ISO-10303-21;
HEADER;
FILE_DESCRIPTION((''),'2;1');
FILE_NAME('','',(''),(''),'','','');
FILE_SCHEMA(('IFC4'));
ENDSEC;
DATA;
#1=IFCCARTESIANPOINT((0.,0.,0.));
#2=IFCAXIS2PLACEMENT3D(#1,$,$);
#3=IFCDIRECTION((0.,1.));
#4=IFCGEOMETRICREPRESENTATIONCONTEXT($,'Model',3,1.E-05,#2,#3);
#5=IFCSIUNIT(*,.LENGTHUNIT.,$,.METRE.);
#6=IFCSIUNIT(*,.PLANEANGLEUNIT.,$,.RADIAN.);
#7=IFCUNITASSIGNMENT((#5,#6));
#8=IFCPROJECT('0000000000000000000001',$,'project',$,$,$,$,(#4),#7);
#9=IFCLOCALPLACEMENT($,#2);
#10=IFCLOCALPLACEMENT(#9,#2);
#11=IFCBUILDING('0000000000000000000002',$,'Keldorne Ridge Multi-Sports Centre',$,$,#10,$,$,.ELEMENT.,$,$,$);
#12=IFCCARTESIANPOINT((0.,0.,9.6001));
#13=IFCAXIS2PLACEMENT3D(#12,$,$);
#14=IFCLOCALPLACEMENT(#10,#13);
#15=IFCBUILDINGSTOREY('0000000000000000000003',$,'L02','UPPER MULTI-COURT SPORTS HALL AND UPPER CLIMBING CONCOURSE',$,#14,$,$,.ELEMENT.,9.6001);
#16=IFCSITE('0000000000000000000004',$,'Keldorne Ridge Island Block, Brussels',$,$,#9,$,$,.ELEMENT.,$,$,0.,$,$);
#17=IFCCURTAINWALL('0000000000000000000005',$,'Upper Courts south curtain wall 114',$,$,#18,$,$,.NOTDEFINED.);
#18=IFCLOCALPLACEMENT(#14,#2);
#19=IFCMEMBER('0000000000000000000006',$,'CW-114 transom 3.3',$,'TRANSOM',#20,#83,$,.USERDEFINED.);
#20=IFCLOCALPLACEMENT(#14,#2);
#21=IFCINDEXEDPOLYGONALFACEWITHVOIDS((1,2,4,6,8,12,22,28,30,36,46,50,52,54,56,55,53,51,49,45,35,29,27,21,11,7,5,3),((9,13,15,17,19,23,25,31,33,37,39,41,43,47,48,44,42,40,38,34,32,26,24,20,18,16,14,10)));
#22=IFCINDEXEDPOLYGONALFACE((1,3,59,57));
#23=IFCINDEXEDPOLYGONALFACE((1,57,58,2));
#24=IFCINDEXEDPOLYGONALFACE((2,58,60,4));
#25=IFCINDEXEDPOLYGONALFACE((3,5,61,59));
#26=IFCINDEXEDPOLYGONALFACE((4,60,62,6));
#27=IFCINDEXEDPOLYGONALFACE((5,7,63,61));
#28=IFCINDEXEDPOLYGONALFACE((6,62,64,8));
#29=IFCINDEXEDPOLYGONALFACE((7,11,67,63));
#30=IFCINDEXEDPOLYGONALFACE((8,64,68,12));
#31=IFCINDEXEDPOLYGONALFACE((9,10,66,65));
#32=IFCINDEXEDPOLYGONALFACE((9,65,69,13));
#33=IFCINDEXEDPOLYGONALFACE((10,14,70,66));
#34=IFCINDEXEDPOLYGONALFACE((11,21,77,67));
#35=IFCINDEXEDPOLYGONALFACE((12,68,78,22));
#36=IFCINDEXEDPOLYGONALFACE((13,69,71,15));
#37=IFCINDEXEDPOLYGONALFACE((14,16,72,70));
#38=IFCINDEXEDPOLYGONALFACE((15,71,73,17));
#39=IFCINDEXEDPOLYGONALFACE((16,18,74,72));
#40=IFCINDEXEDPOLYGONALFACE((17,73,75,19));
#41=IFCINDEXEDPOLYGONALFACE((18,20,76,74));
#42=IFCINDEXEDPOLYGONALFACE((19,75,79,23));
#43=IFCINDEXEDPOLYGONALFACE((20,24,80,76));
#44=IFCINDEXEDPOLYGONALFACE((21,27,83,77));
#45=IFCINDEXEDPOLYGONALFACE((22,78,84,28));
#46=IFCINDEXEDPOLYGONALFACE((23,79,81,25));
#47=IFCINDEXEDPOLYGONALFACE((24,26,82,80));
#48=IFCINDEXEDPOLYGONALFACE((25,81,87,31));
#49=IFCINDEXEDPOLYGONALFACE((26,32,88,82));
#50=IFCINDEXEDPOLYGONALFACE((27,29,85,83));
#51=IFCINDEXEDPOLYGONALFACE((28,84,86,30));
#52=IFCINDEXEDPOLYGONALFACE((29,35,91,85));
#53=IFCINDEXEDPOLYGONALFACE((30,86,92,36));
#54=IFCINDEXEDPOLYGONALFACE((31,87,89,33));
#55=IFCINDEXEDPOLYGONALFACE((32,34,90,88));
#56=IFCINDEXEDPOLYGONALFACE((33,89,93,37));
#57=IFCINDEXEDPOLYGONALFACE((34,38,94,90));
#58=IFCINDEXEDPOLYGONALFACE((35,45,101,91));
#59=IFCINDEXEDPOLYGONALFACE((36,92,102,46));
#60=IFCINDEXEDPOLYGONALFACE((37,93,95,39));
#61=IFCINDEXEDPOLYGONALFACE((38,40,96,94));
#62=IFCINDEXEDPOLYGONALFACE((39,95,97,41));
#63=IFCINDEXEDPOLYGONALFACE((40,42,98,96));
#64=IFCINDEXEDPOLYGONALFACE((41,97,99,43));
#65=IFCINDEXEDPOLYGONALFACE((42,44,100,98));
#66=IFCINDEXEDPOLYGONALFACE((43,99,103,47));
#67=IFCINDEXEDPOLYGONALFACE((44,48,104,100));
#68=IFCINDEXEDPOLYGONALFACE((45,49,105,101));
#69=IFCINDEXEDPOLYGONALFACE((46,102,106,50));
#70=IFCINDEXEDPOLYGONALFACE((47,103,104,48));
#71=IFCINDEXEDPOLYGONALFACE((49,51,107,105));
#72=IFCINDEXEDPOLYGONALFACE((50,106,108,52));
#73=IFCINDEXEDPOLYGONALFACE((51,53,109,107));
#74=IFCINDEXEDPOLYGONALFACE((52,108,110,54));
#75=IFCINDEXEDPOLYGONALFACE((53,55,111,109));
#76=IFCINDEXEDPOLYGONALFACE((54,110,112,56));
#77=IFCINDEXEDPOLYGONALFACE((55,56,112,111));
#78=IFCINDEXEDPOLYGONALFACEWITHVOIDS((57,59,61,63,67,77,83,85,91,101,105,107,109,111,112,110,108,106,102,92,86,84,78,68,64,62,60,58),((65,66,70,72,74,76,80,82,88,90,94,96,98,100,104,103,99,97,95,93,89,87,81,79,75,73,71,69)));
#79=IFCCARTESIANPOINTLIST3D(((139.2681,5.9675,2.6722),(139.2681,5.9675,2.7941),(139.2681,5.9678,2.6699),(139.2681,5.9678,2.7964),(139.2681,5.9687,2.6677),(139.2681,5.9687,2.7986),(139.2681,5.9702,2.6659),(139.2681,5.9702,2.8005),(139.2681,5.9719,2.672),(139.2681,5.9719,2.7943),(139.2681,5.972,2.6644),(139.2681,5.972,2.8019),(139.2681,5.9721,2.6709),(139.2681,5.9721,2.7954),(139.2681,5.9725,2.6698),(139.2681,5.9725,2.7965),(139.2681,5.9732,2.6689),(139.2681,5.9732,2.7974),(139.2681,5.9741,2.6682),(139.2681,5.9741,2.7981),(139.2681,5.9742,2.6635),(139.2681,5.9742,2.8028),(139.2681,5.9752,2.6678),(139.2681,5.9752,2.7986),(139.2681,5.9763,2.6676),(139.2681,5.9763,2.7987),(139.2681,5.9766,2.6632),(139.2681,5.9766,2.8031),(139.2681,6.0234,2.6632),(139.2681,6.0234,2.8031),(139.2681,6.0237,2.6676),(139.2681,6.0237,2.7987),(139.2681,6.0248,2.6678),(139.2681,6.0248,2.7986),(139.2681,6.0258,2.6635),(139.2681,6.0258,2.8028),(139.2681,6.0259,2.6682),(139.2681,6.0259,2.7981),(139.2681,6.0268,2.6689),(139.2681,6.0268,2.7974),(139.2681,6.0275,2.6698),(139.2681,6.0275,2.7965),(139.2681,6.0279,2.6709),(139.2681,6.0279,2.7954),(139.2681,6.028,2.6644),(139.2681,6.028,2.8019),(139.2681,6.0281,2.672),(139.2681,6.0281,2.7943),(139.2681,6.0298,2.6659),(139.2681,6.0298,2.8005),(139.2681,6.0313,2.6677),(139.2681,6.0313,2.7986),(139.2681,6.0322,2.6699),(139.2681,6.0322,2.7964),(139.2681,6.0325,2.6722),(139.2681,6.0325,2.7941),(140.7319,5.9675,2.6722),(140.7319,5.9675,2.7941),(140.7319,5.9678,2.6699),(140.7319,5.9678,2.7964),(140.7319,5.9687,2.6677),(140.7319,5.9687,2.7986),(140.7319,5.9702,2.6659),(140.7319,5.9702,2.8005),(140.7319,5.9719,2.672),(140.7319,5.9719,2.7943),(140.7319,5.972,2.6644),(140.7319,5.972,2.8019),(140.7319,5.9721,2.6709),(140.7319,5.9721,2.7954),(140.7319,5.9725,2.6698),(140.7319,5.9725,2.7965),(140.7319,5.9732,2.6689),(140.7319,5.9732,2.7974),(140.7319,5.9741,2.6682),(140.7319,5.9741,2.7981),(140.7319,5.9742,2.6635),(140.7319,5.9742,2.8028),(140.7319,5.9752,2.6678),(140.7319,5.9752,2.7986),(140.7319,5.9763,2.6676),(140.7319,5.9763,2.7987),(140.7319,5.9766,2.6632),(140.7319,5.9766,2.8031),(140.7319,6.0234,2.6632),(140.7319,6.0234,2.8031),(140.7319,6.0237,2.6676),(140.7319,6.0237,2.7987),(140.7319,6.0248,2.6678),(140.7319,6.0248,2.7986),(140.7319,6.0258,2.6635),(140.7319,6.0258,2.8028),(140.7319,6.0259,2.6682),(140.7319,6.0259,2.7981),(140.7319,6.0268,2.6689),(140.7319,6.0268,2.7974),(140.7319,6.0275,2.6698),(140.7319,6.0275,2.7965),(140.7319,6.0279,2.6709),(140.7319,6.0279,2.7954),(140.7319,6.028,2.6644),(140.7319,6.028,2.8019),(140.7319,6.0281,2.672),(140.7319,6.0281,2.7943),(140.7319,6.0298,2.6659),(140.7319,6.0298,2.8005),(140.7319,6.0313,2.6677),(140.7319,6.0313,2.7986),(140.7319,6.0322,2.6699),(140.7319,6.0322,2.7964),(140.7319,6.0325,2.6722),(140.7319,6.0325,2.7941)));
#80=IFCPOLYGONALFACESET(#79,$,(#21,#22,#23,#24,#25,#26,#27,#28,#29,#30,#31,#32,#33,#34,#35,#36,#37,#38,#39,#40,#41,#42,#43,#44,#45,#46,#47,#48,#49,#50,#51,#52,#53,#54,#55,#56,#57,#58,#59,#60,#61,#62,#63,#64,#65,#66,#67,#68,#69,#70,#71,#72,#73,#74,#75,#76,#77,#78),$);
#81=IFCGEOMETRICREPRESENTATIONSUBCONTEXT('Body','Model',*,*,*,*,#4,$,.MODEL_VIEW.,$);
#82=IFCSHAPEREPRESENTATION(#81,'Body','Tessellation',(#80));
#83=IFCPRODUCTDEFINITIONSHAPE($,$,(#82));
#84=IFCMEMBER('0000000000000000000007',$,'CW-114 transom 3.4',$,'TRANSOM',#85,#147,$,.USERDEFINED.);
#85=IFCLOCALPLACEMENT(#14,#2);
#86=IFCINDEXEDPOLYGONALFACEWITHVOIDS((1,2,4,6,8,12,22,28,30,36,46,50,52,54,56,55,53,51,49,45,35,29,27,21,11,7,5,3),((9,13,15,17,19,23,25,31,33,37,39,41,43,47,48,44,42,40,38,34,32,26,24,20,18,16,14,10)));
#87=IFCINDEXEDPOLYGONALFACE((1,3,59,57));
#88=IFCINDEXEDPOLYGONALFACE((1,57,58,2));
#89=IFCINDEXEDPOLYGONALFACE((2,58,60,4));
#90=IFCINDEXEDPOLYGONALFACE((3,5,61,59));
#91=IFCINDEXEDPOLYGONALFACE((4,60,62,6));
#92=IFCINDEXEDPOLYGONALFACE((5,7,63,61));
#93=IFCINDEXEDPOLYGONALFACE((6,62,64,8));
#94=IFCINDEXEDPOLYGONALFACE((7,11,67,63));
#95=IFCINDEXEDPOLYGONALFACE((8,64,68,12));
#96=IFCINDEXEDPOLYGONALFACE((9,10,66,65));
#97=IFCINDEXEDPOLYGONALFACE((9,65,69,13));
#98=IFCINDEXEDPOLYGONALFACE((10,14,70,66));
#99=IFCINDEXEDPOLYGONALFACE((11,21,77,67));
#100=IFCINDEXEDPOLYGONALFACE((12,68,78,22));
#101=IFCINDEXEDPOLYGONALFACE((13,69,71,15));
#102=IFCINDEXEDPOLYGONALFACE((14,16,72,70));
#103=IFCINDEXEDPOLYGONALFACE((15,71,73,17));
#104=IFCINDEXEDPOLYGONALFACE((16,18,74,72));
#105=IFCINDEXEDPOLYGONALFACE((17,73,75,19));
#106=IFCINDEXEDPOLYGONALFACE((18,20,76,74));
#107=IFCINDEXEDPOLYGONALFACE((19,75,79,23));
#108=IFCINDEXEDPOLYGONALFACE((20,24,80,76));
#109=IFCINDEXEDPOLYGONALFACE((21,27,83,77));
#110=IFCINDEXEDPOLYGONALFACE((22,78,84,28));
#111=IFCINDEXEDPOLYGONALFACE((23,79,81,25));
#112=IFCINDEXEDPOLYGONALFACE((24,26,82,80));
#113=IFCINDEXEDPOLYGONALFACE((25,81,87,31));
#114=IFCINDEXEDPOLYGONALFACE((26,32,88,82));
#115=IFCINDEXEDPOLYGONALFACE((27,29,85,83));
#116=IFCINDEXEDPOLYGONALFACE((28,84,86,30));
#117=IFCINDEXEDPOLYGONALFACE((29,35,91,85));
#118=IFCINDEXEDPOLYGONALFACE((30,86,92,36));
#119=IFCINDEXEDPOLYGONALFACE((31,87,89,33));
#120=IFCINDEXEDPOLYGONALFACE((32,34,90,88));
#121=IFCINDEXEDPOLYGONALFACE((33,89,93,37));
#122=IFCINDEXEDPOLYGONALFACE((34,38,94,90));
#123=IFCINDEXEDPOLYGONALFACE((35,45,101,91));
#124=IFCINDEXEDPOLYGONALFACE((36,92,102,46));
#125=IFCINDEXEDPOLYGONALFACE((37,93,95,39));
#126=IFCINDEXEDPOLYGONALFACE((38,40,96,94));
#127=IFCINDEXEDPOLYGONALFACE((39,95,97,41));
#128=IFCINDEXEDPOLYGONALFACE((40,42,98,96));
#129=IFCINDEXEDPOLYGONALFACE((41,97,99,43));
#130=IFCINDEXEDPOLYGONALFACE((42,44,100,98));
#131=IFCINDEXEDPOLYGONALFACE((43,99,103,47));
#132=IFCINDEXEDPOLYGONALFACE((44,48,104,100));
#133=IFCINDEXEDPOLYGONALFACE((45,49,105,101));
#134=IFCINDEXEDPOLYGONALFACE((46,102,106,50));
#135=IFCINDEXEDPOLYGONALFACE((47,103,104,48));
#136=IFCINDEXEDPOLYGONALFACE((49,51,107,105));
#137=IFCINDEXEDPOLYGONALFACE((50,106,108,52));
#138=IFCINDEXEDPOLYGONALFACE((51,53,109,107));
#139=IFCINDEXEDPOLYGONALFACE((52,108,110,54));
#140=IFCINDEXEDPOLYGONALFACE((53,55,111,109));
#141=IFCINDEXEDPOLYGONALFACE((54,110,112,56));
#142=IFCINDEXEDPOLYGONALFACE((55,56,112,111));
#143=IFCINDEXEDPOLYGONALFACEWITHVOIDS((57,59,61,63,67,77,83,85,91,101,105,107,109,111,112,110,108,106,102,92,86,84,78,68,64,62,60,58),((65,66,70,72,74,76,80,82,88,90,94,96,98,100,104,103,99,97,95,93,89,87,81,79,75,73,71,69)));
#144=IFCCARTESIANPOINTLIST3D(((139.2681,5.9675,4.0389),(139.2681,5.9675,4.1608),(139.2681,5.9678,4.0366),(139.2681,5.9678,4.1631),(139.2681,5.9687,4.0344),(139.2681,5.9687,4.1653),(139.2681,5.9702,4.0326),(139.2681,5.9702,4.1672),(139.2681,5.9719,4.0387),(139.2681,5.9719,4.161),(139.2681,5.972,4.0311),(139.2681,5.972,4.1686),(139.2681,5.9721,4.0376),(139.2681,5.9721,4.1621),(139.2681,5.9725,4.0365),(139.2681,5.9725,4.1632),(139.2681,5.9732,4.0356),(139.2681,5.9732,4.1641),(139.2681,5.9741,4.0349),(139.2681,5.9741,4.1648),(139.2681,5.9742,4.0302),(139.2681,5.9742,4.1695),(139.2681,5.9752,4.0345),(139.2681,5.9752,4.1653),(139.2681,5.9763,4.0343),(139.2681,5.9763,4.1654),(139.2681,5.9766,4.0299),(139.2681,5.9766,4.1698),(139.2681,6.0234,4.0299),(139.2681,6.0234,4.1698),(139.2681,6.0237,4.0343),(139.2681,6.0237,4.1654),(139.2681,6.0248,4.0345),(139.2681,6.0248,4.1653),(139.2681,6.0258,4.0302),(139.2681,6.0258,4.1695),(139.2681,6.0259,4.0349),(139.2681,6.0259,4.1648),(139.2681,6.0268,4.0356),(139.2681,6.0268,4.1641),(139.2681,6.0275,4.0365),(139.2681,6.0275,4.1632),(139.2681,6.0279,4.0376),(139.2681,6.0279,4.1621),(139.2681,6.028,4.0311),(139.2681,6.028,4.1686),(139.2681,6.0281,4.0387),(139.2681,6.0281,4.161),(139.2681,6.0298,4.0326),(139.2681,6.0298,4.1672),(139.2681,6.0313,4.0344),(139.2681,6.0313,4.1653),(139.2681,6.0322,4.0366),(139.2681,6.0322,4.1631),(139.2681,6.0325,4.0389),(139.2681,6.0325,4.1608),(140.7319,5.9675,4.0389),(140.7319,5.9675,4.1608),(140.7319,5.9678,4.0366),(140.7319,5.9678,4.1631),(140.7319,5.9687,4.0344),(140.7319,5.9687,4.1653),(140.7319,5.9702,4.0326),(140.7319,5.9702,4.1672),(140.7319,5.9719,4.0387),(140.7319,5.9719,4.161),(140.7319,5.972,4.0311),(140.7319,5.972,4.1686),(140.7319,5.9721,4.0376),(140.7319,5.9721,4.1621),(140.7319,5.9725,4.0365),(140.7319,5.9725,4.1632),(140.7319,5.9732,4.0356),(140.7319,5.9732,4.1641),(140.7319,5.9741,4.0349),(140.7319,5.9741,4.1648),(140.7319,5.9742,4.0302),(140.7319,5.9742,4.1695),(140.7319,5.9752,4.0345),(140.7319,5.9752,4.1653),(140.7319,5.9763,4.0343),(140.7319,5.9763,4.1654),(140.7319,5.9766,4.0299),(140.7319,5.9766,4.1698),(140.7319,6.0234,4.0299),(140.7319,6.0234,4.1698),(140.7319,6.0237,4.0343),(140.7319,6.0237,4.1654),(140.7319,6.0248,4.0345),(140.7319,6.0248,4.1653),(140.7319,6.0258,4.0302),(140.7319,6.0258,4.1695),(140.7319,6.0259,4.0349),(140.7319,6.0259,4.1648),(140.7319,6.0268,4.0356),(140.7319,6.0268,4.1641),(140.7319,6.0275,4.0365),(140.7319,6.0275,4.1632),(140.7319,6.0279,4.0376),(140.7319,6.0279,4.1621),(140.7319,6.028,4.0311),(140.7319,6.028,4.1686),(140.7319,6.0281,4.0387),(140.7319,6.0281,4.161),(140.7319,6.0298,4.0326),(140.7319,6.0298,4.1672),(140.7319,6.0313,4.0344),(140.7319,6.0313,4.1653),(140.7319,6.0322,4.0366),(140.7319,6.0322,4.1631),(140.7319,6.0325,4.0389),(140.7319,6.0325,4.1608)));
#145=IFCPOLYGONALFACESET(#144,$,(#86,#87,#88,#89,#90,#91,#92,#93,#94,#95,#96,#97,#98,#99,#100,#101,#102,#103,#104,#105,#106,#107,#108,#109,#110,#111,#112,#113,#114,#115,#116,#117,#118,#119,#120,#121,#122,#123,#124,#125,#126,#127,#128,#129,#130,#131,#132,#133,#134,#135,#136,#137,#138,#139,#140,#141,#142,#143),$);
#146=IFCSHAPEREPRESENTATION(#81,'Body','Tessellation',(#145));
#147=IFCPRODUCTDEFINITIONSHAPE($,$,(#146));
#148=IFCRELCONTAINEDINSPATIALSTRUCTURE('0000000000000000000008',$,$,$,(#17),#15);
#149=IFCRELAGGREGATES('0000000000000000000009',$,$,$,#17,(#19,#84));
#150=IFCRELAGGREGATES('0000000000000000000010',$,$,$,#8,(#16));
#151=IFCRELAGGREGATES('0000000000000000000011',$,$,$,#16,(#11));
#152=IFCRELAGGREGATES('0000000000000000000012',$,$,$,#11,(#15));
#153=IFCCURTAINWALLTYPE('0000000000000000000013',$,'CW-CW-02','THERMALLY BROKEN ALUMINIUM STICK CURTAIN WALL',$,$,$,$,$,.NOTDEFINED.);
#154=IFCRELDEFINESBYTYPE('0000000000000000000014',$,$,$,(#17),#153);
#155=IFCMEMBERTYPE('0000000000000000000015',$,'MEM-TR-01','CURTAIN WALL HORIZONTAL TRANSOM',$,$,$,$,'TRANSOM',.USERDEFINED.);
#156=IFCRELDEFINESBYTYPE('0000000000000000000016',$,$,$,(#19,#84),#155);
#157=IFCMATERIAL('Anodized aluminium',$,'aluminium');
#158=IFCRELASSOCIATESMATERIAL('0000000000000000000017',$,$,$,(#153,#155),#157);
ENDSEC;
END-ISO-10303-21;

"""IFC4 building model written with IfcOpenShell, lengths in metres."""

from ifc_helpers import new_model, si_unit, direction, frame, origin, origin_2d, place, context, subcontext, project, spatial, hollow_rectangle, extrude, material, material_profile, profile_set, type_object, element, aggregate, save


model = new_model("IFC4")

# Units and contexts
model_context = context("Model", 3, precision=1e-05, world=origin(), true_north=direction((0.0, 1.0)))
body_context = subcontext(model_context, "Body", "Model", "MODEL_VIEW")
ifc_project = project(units=[si_unit("LENGTHUNIT", "METRE"), si_unit("PLANEANGLEUNIT", "RADIAN")], contexts=[model_context])

# Site, building, storey
site_placement = place(None, origin())
site = spatial("IfcSite", under=ifc_project, at=site_placement, Name="Keldorne Ridge Island Block, Brussels", CompositionType="ELEMENT", RefElevation=0.0)
building_placement = place(site_placement, origin())
building = spatial("IfcBuilding", under=site, at=building_placement, Name="Keldorne Ridge Multi-Sports Centre", CompositionType="ELEMENT")
storey_placement = place(building_placement, frame((0.0, 0.0, 9.6001)))
storey = spatial("IfcBuildingStorey", under=building, at=storey_placement, Name="L02", Description="UPPER MULTI-COURT SPORTS HALL AND UPPER CLIMBING CONCOURSE", CompositionType="ELEMENT", Elevation=9.6001)

# Curtain wall, members
ifc_material_1 = material(Name="Anodized aluminium", Category="aluminium")
curtain_wall_type = type_object("IfcCurtainWallType", Name="CW-CW-02", Description="THERMALLY BROKEN ALUMINIUM STICK CURTAIN WALL", PredefinedType="NOTDEFINED", material=ifc_material_1)
curtain_wall_placement = place(storey_placement, origin())
curtain_wall = element("IfcCurtainWall", 1, at=curtain_wall_placement, inside=storey, type_object=curtain_wall_type, Name="Upper Courts south curtain wall 114", PredefinedType="NOTDEFINED")
ifc_material_profile_1 = material_profile(ifc_material_1, hollow_rectangle(XDim=0.0649, YDim=0.1399, WallThickness=0.0044, InnerFilletRadius=0.0044, OuterFilletRadius=0.009, at=origin_2d()), Name="ALU TRANSOM 140x65x4.5")
ifc_profile_set_1 = profile_set([ifc_material_profile_1], Name="Anodized aluminium")
member_type_1 = type_object("IfcMemberType", Name="MEM-TR-01", Description="CURTAIN WALL HORIZONTAL TRANSOM", ElementType="TRANSOM", PredefinedType="USERDEFINED", material=ifc_profile_set_1)
member_1_placement = place(storey_placement, frame((139.2681, 6.0, 2.7332), z_axis=(1.0, 0.0, 0.0), x_axis=(0.0, 1.0, 0.0)))
member_1 = element("IfcMember", 2, at=member_1_placement, type_object=member_type_1, Name="CW-114 transom 3.3", ObjectType="TRANSOM", PredefinedType="USERDEFINED", context=body_context, shape_type="SweptSolid", body=[
    extrude(hollow_rectangle(XDim=0.0649, YDim=0.1399, WallThickness=0.0044, InnerFilletRadius=0.0044, OuterFilletRadius=0.009, at=origin_2d()), origin(), (0.0, 0.0, 1.0), 1.4639),
])
member_2_placement = place(storey_placement, frame((139.2681, 6.0, 4.0999), z_axis=(1.0, 0.0, 0.0), x_axis=(0.0, 1.0, 0.0)))
member_2 = element("IfcMember", 3, at=member_2_placement, type_object=member_type_1, Name="CW-114 transom 3.4", ObjectType="TRANSOM", PredefinedType="USERDEFINED", context=body_context, shape_type="SweptSolid", body=[
    extrude(hollow_rectangle(XDim=0.0649, YDim=0.1399, WallThickness=0.0044, InnerFilletRadius=0.0044, OuterFilletRadius=0.009, at=origin_2d()), origin(), (0.0, 0.0, 1.0), 1.4639),
])
aggregate(curtain_wall, [member_1, member_2])

save(model, "model.ifc")
